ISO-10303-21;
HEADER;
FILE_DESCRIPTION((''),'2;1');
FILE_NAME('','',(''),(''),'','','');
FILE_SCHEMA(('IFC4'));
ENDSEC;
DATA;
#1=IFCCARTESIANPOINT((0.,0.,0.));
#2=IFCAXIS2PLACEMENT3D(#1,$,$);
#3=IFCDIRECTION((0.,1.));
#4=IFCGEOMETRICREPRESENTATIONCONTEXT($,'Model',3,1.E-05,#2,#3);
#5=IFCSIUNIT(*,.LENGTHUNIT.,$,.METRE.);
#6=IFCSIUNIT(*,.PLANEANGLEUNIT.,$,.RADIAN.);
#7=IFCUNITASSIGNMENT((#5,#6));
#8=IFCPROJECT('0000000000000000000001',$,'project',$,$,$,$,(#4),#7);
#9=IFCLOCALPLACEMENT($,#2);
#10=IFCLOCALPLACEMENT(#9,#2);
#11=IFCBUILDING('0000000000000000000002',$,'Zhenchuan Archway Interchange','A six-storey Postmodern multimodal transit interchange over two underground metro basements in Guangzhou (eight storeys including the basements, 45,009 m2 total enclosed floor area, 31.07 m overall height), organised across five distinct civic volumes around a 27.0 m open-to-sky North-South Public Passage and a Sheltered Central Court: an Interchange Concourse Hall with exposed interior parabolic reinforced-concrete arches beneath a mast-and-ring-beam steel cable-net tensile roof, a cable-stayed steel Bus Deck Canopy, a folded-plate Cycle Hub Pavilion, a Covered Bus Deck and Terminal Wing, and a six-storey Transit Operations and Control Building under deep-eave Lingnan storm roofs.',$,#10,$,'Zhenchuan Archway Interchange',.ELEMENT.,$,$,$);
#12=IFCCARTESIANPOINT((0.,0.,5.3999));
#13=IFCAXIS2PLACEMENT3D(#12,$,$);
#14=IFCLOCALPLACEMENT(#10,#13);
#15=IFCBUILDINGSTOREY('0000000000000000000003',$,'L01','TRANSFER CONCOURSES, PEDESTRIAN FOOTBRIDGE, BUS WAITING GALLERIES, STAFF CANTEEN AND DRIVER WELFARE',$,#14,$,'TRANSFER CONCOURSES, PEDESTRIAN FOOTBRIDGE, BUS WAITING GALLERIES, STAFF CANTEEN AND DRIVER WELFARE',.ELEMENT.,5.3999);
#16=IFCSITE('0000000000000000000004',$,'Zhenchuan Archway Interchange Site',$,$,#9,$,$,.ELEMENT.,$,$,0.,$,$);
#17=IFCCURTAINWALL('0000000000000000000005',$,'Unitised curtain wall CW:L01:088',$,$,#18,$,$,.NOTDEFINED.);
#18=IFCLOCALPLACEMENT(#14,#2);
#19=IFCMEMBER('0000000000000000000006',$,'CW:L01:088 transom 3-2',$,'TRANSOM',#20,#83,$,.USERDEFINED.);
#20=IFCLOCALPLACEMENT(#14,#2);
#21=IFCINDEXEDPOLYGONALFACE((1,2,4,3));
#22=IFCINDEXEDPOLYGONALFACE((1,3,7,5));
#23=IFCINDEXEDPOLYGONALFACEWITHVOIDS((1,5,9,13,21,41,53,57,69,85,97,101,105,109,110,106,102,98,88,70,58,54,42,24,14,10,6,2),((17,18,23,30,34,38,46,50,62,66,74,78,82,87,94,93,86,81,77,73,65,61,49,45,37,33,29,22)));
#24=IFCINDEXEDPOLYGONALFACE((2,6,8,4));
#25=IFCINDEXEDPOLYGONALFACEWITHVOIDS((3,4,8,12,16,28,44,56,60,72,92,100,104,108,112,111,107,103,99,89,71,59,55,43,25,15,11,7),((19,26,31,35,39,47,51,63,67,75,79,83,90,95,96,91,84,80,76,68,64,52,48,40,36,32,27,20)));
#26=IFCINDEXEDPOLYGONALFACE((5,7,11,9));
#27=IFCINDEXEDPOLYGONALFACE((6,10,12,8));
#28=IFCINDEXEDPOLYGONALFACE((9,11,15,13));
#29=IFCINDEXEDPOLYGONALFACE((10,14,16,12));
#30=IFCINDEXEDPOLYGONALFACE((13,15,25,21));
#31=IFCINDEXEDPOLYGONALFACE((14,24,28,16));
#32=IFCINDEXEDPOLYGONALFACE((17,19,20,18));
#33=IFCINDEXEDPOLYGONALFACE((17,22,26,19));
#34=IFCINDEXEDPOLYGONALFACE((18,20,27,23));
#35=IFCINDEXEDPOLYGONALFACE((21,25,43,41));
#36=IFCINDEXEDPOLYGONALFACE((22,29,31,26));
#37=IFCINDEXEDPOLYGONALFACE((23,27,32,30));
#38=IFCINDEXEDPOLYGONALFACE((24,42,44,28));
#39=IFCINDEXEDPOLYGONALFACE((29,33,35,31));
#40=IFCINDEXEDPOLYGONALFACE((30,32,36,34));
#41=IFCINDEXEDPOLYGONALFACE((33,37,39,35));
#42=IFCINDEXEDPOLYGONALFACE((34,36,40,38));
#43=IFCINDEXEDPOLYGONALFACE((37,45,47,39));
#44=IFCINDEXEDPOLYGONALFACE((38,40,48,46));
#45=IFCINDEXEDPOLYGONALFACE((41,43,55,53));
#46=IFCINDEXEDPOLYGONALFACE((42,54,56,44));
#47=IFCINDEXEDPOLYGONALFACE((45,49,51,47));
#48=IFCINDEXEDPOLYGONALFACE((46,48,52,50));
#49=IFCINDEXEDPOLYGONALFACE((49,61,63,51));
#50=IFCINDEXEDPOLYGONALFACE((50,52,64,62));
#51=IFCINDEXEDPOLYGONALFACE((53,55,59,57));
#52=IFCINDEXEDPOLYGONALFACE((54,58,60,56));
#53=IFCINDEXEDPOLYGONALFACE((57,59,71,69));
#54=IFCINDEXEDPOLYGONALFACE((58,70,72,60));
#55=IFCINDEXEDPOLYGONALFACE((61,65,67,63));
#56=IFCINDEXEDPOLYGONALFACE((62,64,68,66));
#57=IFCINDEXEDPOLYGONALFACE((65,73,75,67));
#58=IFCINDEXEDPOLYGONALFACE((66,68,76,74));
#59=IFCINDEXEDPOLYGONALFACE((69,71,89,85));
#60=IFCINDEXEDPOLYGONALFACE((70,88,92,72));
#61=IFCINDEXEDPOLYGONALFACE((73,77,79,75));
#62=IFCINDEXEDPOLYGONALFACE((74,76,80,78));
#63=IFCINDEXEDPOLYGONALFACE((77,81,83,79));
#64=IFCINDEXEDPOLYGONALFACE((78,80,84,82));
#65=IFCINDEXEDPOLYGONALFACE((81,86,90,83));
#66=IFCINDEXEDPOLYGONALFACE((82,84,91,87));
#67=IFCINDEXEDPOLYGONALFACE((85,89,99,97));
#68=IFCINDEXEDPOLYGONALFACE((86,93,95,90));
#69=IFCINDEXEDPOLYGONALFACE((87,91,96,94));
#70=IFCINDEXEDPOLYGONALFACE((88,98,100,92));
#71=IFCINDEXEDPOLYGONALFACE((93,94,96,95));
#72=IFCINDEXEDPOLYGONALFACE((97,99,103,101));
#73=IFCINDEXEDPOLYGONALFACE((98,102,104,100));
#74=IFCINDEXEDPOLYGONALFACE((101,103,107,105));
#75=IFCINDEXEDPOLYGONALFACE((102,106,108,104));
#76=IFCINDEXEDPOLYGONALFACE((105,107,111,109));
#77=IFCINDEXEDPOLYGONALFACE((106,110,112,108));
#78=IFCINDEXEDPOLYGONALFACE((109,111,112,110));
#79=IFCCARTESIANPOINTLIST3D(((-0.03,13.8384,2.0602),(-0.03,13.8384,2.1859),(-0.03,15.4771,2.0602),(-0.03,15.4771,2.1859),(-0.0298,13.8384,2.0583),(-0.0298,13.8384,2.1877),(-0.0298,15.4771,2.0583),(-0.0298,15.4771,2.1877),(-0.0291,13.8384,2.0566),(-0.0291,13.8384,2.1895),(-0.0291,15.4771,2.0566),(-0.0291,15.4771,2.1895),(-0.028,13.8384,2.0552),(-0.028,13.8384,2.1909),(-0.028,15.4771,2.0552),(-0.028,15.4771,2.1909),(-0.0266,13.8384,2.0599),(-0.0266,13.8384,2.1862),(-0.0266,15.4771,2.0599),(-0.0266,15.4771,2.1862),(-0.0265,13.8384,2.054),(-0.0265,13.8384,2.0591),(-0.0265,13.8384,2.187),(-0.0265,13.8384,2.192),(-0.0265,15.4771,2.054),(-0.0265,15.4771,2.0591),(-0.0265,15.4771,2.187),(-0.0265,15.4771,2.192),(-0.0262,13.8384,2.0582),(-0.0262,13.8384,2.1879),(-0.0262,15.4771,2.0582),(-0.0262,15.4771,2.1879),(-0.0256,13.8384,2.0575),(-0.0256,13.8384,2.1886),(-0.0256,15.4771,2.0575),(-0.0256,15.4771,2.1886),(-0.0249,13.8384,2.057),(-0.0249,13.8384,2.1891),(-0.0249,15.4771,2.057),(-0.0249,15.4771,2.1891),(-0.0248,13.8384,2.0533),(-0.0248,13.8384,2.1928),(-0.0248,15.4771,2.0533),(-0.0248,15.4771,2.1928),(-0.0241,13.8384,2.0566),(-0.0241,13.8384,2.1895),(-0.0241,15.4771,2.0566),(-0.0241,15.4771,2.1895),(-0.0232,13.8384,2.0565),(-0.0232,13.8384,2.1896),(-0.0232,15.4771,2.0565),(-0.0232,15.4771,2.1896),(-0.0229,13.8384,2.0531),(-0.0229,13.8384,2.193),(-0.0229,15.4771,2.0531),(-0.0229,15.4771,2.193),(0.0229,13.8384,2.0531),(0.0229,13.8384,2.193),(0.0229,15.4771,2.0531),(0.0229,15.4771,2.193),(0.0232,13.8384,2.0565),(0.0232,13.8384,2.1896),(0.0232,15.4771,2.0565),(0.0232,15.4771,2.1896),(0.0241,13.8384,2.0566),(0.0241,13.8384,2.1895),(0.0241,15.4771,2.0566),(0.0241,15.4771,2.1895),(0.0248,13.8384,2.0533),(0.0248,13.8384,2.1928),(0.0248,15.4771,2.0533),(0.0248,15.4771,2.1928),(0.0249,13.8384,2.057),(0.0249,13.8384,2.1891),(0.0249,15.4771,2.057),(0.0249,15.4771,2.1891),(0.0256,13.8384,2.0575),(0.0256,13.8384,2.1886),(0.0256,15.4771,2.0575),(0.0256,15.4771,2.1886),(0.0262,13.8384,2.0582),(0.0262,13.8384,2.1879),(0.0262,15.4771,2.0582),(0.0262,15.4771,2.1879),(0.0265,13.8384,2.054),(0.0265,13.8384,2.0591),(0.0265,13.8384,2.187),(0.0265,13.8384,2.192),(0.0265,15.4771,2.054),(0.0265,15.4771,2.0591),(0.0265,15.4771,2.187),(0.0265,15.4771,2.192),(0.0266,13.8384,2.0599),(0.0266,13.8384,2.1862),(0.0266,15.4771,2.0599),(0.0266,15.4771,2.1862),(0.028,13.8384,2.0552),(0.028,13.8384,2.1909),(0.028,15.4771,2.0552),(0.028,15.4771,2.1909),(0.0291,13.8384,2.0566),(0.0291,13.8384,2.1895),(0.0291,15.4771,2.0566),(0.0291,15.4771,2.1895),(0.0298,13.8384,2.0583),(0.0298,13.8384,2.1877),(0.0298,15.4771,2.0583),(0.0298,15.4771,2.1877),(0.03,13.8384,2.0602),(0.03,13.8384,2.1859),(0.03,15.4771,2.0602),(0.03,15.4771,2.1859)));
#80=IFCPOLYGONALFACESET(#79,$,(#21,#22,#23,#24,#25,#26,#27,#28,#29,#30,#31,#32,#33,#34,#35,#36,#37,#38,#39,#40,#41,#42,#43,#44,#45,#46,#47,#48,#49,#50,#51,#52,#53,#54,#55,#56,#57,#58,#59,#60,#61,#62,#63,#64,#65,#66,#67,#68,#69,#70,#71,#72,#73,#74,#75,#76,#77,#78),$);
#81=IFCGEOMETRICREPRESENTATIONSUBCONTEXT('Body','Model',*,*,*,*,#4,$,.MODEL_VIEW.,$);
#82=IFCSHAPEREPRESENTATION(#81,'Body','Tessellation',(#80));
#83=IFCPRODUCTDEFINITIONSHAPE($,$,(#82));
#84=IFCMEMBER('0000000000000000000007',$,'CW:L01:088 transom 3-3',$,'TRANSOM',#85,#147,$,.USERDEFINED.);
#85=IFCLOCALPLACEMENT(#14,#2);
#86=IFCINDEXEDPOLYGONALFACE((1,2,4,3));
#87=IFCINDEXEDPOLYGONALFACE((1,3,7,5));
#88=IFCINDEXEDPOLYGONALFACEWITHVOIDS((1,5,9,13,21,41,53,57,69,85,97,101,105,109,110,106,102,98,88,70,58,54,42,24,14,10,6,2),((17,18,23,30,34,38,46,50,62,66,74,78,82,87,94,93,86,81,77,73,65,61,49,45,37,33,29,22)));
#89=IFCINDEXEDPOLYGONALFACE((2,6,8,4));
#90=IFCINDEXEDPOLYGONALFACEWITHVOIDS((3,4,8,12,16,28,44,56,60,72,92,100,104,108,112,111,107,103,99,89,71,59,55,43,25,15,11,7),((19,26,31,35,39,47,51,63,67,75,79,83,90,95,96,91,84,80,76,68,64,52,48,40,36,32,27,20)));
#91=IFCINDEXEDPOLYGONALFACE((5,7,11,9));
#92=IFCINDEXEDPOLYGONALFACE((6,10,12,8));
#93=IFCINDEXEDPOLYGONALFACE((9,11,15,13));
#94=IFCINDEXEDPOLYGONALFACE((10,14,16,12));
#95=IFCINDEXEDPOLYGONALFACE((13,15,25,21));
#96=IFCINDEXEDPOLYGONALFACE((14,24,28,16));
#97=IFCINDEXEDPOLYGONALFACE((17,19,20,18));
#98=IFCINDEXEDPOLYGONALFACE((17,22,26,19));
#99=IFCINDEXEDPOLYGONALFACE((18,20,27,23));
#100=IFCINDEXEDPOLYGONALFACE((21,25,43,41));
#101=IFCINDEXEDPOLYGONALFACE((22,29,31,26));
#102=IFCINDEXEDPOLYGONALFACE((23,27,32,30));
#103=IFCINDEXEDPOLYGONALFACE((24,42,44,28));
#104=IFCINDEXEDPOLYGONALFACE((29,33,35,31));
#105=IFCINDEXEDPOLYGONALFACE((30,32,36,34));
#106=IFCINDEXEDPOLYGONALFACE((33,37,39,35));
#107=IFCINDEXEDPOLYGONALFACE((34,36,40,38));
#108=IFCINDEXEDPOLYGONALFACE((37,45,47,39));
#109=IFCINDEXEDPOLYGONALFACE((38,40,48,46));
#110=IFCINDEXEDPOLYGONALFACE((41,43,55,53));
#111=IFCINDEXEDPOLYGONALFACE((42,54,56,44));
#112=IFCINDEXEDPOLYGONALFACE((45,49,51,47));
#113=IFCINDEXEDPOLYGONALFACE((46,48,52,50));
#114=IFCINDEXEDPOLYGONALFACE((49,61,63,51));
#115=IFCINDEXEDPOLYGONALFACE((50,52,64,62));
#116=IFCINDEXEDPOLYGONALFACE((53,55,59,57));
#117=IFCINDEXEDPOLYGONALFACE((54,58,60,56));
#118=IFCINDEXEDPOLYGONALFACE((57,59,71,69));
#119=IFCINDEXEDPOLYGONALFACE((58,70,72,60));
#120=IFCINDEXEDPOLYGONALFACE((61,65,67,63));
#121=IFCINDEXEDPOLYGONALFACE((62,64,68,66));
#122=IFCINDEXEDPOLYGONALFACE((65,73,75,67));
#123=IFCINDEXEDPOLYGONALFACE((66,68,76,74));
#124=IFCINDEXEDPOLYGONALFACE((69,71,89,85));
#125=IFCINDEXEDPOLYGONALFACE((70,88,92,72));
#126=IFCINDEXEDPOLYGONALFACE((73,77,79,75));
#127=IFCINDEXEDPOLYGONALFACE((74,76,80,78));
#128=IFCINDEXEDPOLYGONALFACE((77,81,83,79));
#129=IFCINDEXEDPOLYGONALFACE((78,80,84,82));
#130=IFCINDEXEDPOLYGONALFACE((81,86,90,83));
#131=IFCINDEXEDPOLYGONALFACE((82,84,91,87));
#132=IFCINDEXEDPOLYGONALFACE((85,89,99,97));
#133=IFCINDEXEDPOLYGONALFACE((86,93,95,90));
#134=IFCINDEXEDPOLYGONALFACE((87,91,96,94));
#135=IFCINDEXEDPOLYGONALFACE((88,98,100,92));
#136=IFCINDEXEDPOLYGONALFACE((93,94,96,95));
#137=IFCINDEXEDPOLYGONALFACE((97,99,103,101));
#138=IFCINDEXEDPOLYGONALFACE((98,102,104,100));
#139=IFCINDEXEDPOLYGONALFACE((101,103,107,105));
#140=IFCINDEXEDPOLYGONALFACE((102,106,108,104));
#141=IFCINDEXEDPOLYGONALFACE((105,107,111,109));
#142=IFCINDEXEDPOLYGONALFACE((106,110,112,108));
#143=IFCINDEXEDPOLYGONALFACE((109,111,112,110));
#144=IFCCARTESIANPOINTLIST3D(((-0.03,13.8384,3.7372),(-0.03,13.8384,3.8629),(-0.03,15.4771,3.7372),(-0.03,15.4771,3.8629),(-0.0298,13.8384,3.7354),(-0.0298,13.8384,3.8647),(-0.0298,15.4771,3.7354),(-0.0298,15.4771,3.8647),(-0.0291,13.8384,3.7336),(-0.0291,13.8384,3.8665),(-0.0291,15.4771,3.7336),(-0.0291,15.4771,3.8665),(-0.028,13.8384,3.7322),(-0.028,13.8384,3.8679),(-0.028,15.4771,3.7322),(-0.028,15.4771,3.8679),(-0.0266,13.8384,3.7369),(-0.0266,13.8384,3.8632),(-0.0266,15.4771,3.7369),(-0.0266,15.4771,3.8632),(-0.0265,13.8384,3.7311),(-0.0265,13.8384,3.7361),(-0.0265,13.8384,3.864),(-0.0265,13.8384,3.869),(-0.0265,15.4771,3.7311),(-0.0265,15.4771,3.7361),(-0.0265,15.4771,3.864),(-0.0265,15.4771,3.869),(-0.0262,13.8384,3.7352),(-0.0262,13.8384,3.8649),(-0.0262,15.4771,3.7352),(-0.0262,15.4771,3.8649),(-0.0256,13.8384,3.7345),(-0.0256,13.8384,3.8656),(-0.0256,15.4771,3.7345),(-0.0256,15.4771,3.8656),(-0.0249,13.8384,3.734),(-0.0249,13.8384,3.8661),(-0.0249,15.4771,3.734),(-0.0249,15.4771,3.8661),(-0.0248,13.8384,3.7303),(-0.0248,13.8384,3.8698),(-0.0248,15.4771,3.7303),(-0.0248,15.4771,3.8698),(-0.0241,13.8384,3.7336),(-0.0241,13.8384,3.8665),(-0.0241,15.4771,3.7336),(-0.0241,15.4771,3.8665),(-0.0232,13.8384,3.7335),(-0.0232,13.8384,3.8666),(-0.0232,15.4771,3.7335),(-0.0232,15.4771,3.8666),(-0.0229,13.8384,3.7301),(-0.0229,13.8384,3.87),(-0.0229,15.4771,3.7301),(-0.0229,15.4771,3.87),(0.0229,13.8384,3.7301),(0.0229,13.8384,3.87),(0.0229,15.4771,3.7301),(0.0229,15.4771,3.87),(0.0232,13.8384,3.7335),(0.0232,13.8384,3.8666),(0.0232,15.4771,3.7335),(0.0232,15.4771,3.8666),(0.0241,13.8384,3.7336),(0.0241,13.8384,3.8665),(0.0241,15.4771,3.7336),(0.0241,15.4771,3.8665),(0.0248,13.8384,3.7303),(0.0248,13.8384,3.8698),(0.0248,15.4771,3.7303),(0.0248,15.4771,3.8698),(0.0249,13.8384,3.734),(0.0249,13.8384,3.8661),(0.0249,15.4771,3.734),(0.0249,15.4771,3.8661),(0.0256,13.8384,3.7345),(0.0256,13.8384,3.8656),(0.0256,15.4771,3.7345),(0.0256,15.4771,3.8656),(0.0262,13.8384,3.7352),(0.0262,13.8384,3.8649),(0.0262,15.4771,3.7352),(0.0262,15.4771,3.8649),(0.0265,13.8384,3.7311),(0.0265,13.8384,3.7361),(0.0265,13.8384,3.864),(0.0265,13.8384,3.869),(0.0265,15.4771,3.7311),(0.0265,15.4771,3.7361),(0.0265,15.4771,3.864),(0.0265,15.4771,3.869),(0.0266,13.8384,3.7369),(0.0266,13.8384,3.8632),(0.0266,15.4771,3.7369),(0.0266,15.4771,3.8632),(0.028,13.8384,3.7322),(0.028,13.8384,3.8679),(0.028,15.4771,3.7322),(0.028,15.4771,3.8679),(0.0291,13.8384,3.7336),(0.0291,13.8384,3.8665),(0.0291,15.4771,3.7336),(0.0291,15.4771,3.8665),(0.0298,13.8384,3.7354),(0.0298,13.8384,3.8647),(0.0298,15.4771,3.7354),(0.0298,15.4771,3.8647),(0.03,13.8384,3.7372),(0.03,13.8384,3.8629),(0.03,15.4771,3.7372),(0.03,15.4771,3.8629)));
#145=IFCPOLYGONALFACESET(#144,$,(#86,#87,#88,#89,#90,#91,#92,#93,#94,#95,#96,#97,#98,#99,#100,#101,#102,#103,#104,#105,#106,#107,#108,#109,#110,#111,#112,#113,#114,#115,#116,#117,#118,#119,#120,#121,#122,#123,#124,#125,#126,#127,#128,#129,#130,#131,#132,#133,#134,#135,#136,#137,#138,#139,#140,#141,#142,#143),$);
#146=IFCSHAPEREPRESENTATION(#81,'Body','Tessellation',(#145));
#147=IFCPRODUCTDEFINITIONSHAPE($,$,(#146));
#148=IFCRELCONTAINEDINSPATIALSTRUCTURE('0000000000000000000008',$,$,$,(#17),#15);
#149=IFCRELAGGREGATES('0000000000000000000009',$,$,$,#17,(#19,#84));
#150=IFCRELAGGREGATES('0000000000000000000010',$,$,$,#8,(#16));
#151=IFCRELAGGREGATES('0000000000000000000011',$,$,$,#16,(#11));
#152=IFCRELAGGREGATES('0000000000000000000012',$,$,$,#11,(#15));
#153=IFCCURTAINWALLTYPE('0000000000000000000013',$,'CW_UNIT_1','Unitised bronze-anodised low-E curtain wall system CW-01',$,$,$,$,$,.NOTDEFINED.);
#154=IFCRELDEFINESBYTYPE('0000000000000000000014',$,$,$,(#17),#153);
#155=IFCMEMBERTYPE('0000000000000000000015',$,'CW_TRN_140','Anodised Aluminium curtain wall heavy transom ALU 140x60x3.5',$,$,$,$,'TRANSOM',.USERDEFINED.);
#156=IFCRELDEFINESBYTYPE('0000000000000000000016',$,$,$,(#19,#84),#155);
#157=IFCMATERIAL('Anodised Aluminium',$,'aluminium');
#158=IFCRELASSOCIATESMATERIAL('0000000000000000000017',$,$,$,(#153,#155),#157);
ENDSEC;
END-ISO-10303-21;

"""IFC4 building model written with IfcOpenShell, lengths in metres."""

from ifc_helpers import new_model, si_unit, direction, frame, origin, origin_2d, place, context, subcontext, project, spatial, hollow_rectangle, extrude, material, material_profile, profile_set, type_object, element, aggregate, save


model = new_model("IFC4")

# Units and contexts
model_context = context("Model", 3, precision=1e-05, world=origin(), true_north=direction((0.0, 1.0)))
body_context = subcontext(model_context, "Body", "Model", "MODEL_VIEW")
ifc_project = project(units=[si_unit("LENGTHUNIT", "METRE"), si_unit("PLANEANGLEUNIT", "RADIAN")], contexts=[model_context])

# Site, building, storey
site_placement = place(None, origin())
site = spatial("IfcSite", under=ifc_project, at=site_placement, Name="Zhenchuan Archway Interchange Site", CompositionType="ELEMENT", RefElevation=0.0)
building_placement = place(site_placement, origin())
building = spatial("IfcBuilding", under=site, at=building_placement, Name="Zhenchuan Archway Interchange", Description="A six-storey Postmodern multimodal transit interchange over two underground metro basements in Guangzhou (eight storeys including the basements, 45,009 m2 total enclosed floor area, 31.07 m overall height), organised across five distinct civic volumes around a 27.0 m open-to-sky North-South Public Passage and a Sheltered Central Court: an Interchange Concourse Hall with exposed interior parabolic reinforced-concrete arches beneath a mast-and-ring-beam steel cable-net tensile roof, a cable-stayed steel Bus Deck Canopy, a folded-plate Cycle Hub Pavilion, a Covered Bus Deck and Terminal Wing, and a six-storey Transit Operations and Control Building under deep-eave Lingnan storm roofs.", LongName="Zhenchuan Archway Interchange", CompositionType="ELEMENT")
storey_placement = place(building_placement, frame((0.0, 0.0, 5.3999)))
storey = spatial("IfcBuildingStorey", under=building, at=storey_placement, Name="L01", Description="TRANSFER CONCOURSES, PEDESTRIAN FOOTBRIDGE, BUS WAITING GALLERIES, STAFF CANTEEN AND DRIVER WELFARE", LongName="TRANSFER CONCOURSES, PEDESTRIAN FOOTBRIDGE, BUS WAITING GALLERIES, STAFF CANTEEN AND DRIVER WELFARE", CompositionType="ELEMENT", Elevation=5.3999)

# Curtain wall
ifc_material_1 = material(Name="Anodised Aluminium", Category="aluminium")
curtain_wall_type_1 = type_object("IfcCurtainWallType", Name="CW_UNIT_1", Description="Unitised bronze-anodised low-E curtain wall system CW-01", PredefinedType="NOTDEFINED", material=ifc_material_1)
curtain_wall_1_placement = place(storey_placement, origin())
curtain_wall_1 = element("IfcCurtainWall", 1, at=curtain_wall_1_placement, inside=storey, type_object=curtain_wall_type_1, Name="Unitised curtain wall CW:L01:088", PredefinedType="NOTDEFINED")

# Members
ifc_material_profile_1 = material_profile(ifc_material_1, hollow_rectangle(XDim=0.0601, YDim=0.1399, WallThickness=0.0034, InnerFilletRadius=0.0034, OuterFilletRadius=0.0071, at=origin_2d()), Name="ALU 140x60x3.5")
ifc_profile_set_1 = profile_set([ifc_material_profile_1], Name="Anodised Aluminium")
member_type_1 = type_object("IfcMemberType", Name="CW_TRN_140", Description="Anodised Aluminium curtain wall heavy transom ALU 140x60x3.5", ElementType="TRANSOM", PredefinedType="USERDEFINED", material=ifc_profile_set_1)
member_1_placement = place(storey_placement, frame((0.0, 13.8384, 2.123), z_axis=(0.0, 1.0, 0.0), x_axis=(-1.0, 0.0, 0.0)))
member_1 = element("IfcMember", 2, at=member_1_placement, type_object=member_type_1, Name="CW:L01:088 transom 3-2", ObjectType="TRANSOM", PredefinedType="USERDEFINED", context=body_context, shape_type="SweptSolid", body=[
    extrude(hollow_rectangle(XDim=0.0601, YDim=0.1399, WallThickness=0.0034, InnerFilletRadius=0.0034, OuterFilletRadius=0.0071, at=origin_2d()), origin(), (0.0, 0.0, 1.0), 1.6387),
])
member_2_placement = place(storey_placement, frame((0.0, 13.8384, 3.8), z_axis=(0.0, 1.0, 0.0), x_axis=(-1.0, 0.0, 0.0)))
member_2 = element("IfcMember", 3, at=member_2_placement, type_object=member_type_1, Name="CW:L01:088 transom 3-3", ObjectType="TRANSOM", PredefinedType="USERDEFINED", context=body_context, shape_type="SweptSolid", body=[
    extrude(hollow_rectangle(XDim=0.0601, YDim=0.1399, WallThickness=0.0034, InnerFilletRadius=0.0034, OuterFilletRadius=0.0071, at=origin_2d()), origin(), (0.0, 0.0, 1.0), 1.6387),
])

aggregate(curtain_wall_1, [member_1, member_2])

save(model, "model.ifc")
